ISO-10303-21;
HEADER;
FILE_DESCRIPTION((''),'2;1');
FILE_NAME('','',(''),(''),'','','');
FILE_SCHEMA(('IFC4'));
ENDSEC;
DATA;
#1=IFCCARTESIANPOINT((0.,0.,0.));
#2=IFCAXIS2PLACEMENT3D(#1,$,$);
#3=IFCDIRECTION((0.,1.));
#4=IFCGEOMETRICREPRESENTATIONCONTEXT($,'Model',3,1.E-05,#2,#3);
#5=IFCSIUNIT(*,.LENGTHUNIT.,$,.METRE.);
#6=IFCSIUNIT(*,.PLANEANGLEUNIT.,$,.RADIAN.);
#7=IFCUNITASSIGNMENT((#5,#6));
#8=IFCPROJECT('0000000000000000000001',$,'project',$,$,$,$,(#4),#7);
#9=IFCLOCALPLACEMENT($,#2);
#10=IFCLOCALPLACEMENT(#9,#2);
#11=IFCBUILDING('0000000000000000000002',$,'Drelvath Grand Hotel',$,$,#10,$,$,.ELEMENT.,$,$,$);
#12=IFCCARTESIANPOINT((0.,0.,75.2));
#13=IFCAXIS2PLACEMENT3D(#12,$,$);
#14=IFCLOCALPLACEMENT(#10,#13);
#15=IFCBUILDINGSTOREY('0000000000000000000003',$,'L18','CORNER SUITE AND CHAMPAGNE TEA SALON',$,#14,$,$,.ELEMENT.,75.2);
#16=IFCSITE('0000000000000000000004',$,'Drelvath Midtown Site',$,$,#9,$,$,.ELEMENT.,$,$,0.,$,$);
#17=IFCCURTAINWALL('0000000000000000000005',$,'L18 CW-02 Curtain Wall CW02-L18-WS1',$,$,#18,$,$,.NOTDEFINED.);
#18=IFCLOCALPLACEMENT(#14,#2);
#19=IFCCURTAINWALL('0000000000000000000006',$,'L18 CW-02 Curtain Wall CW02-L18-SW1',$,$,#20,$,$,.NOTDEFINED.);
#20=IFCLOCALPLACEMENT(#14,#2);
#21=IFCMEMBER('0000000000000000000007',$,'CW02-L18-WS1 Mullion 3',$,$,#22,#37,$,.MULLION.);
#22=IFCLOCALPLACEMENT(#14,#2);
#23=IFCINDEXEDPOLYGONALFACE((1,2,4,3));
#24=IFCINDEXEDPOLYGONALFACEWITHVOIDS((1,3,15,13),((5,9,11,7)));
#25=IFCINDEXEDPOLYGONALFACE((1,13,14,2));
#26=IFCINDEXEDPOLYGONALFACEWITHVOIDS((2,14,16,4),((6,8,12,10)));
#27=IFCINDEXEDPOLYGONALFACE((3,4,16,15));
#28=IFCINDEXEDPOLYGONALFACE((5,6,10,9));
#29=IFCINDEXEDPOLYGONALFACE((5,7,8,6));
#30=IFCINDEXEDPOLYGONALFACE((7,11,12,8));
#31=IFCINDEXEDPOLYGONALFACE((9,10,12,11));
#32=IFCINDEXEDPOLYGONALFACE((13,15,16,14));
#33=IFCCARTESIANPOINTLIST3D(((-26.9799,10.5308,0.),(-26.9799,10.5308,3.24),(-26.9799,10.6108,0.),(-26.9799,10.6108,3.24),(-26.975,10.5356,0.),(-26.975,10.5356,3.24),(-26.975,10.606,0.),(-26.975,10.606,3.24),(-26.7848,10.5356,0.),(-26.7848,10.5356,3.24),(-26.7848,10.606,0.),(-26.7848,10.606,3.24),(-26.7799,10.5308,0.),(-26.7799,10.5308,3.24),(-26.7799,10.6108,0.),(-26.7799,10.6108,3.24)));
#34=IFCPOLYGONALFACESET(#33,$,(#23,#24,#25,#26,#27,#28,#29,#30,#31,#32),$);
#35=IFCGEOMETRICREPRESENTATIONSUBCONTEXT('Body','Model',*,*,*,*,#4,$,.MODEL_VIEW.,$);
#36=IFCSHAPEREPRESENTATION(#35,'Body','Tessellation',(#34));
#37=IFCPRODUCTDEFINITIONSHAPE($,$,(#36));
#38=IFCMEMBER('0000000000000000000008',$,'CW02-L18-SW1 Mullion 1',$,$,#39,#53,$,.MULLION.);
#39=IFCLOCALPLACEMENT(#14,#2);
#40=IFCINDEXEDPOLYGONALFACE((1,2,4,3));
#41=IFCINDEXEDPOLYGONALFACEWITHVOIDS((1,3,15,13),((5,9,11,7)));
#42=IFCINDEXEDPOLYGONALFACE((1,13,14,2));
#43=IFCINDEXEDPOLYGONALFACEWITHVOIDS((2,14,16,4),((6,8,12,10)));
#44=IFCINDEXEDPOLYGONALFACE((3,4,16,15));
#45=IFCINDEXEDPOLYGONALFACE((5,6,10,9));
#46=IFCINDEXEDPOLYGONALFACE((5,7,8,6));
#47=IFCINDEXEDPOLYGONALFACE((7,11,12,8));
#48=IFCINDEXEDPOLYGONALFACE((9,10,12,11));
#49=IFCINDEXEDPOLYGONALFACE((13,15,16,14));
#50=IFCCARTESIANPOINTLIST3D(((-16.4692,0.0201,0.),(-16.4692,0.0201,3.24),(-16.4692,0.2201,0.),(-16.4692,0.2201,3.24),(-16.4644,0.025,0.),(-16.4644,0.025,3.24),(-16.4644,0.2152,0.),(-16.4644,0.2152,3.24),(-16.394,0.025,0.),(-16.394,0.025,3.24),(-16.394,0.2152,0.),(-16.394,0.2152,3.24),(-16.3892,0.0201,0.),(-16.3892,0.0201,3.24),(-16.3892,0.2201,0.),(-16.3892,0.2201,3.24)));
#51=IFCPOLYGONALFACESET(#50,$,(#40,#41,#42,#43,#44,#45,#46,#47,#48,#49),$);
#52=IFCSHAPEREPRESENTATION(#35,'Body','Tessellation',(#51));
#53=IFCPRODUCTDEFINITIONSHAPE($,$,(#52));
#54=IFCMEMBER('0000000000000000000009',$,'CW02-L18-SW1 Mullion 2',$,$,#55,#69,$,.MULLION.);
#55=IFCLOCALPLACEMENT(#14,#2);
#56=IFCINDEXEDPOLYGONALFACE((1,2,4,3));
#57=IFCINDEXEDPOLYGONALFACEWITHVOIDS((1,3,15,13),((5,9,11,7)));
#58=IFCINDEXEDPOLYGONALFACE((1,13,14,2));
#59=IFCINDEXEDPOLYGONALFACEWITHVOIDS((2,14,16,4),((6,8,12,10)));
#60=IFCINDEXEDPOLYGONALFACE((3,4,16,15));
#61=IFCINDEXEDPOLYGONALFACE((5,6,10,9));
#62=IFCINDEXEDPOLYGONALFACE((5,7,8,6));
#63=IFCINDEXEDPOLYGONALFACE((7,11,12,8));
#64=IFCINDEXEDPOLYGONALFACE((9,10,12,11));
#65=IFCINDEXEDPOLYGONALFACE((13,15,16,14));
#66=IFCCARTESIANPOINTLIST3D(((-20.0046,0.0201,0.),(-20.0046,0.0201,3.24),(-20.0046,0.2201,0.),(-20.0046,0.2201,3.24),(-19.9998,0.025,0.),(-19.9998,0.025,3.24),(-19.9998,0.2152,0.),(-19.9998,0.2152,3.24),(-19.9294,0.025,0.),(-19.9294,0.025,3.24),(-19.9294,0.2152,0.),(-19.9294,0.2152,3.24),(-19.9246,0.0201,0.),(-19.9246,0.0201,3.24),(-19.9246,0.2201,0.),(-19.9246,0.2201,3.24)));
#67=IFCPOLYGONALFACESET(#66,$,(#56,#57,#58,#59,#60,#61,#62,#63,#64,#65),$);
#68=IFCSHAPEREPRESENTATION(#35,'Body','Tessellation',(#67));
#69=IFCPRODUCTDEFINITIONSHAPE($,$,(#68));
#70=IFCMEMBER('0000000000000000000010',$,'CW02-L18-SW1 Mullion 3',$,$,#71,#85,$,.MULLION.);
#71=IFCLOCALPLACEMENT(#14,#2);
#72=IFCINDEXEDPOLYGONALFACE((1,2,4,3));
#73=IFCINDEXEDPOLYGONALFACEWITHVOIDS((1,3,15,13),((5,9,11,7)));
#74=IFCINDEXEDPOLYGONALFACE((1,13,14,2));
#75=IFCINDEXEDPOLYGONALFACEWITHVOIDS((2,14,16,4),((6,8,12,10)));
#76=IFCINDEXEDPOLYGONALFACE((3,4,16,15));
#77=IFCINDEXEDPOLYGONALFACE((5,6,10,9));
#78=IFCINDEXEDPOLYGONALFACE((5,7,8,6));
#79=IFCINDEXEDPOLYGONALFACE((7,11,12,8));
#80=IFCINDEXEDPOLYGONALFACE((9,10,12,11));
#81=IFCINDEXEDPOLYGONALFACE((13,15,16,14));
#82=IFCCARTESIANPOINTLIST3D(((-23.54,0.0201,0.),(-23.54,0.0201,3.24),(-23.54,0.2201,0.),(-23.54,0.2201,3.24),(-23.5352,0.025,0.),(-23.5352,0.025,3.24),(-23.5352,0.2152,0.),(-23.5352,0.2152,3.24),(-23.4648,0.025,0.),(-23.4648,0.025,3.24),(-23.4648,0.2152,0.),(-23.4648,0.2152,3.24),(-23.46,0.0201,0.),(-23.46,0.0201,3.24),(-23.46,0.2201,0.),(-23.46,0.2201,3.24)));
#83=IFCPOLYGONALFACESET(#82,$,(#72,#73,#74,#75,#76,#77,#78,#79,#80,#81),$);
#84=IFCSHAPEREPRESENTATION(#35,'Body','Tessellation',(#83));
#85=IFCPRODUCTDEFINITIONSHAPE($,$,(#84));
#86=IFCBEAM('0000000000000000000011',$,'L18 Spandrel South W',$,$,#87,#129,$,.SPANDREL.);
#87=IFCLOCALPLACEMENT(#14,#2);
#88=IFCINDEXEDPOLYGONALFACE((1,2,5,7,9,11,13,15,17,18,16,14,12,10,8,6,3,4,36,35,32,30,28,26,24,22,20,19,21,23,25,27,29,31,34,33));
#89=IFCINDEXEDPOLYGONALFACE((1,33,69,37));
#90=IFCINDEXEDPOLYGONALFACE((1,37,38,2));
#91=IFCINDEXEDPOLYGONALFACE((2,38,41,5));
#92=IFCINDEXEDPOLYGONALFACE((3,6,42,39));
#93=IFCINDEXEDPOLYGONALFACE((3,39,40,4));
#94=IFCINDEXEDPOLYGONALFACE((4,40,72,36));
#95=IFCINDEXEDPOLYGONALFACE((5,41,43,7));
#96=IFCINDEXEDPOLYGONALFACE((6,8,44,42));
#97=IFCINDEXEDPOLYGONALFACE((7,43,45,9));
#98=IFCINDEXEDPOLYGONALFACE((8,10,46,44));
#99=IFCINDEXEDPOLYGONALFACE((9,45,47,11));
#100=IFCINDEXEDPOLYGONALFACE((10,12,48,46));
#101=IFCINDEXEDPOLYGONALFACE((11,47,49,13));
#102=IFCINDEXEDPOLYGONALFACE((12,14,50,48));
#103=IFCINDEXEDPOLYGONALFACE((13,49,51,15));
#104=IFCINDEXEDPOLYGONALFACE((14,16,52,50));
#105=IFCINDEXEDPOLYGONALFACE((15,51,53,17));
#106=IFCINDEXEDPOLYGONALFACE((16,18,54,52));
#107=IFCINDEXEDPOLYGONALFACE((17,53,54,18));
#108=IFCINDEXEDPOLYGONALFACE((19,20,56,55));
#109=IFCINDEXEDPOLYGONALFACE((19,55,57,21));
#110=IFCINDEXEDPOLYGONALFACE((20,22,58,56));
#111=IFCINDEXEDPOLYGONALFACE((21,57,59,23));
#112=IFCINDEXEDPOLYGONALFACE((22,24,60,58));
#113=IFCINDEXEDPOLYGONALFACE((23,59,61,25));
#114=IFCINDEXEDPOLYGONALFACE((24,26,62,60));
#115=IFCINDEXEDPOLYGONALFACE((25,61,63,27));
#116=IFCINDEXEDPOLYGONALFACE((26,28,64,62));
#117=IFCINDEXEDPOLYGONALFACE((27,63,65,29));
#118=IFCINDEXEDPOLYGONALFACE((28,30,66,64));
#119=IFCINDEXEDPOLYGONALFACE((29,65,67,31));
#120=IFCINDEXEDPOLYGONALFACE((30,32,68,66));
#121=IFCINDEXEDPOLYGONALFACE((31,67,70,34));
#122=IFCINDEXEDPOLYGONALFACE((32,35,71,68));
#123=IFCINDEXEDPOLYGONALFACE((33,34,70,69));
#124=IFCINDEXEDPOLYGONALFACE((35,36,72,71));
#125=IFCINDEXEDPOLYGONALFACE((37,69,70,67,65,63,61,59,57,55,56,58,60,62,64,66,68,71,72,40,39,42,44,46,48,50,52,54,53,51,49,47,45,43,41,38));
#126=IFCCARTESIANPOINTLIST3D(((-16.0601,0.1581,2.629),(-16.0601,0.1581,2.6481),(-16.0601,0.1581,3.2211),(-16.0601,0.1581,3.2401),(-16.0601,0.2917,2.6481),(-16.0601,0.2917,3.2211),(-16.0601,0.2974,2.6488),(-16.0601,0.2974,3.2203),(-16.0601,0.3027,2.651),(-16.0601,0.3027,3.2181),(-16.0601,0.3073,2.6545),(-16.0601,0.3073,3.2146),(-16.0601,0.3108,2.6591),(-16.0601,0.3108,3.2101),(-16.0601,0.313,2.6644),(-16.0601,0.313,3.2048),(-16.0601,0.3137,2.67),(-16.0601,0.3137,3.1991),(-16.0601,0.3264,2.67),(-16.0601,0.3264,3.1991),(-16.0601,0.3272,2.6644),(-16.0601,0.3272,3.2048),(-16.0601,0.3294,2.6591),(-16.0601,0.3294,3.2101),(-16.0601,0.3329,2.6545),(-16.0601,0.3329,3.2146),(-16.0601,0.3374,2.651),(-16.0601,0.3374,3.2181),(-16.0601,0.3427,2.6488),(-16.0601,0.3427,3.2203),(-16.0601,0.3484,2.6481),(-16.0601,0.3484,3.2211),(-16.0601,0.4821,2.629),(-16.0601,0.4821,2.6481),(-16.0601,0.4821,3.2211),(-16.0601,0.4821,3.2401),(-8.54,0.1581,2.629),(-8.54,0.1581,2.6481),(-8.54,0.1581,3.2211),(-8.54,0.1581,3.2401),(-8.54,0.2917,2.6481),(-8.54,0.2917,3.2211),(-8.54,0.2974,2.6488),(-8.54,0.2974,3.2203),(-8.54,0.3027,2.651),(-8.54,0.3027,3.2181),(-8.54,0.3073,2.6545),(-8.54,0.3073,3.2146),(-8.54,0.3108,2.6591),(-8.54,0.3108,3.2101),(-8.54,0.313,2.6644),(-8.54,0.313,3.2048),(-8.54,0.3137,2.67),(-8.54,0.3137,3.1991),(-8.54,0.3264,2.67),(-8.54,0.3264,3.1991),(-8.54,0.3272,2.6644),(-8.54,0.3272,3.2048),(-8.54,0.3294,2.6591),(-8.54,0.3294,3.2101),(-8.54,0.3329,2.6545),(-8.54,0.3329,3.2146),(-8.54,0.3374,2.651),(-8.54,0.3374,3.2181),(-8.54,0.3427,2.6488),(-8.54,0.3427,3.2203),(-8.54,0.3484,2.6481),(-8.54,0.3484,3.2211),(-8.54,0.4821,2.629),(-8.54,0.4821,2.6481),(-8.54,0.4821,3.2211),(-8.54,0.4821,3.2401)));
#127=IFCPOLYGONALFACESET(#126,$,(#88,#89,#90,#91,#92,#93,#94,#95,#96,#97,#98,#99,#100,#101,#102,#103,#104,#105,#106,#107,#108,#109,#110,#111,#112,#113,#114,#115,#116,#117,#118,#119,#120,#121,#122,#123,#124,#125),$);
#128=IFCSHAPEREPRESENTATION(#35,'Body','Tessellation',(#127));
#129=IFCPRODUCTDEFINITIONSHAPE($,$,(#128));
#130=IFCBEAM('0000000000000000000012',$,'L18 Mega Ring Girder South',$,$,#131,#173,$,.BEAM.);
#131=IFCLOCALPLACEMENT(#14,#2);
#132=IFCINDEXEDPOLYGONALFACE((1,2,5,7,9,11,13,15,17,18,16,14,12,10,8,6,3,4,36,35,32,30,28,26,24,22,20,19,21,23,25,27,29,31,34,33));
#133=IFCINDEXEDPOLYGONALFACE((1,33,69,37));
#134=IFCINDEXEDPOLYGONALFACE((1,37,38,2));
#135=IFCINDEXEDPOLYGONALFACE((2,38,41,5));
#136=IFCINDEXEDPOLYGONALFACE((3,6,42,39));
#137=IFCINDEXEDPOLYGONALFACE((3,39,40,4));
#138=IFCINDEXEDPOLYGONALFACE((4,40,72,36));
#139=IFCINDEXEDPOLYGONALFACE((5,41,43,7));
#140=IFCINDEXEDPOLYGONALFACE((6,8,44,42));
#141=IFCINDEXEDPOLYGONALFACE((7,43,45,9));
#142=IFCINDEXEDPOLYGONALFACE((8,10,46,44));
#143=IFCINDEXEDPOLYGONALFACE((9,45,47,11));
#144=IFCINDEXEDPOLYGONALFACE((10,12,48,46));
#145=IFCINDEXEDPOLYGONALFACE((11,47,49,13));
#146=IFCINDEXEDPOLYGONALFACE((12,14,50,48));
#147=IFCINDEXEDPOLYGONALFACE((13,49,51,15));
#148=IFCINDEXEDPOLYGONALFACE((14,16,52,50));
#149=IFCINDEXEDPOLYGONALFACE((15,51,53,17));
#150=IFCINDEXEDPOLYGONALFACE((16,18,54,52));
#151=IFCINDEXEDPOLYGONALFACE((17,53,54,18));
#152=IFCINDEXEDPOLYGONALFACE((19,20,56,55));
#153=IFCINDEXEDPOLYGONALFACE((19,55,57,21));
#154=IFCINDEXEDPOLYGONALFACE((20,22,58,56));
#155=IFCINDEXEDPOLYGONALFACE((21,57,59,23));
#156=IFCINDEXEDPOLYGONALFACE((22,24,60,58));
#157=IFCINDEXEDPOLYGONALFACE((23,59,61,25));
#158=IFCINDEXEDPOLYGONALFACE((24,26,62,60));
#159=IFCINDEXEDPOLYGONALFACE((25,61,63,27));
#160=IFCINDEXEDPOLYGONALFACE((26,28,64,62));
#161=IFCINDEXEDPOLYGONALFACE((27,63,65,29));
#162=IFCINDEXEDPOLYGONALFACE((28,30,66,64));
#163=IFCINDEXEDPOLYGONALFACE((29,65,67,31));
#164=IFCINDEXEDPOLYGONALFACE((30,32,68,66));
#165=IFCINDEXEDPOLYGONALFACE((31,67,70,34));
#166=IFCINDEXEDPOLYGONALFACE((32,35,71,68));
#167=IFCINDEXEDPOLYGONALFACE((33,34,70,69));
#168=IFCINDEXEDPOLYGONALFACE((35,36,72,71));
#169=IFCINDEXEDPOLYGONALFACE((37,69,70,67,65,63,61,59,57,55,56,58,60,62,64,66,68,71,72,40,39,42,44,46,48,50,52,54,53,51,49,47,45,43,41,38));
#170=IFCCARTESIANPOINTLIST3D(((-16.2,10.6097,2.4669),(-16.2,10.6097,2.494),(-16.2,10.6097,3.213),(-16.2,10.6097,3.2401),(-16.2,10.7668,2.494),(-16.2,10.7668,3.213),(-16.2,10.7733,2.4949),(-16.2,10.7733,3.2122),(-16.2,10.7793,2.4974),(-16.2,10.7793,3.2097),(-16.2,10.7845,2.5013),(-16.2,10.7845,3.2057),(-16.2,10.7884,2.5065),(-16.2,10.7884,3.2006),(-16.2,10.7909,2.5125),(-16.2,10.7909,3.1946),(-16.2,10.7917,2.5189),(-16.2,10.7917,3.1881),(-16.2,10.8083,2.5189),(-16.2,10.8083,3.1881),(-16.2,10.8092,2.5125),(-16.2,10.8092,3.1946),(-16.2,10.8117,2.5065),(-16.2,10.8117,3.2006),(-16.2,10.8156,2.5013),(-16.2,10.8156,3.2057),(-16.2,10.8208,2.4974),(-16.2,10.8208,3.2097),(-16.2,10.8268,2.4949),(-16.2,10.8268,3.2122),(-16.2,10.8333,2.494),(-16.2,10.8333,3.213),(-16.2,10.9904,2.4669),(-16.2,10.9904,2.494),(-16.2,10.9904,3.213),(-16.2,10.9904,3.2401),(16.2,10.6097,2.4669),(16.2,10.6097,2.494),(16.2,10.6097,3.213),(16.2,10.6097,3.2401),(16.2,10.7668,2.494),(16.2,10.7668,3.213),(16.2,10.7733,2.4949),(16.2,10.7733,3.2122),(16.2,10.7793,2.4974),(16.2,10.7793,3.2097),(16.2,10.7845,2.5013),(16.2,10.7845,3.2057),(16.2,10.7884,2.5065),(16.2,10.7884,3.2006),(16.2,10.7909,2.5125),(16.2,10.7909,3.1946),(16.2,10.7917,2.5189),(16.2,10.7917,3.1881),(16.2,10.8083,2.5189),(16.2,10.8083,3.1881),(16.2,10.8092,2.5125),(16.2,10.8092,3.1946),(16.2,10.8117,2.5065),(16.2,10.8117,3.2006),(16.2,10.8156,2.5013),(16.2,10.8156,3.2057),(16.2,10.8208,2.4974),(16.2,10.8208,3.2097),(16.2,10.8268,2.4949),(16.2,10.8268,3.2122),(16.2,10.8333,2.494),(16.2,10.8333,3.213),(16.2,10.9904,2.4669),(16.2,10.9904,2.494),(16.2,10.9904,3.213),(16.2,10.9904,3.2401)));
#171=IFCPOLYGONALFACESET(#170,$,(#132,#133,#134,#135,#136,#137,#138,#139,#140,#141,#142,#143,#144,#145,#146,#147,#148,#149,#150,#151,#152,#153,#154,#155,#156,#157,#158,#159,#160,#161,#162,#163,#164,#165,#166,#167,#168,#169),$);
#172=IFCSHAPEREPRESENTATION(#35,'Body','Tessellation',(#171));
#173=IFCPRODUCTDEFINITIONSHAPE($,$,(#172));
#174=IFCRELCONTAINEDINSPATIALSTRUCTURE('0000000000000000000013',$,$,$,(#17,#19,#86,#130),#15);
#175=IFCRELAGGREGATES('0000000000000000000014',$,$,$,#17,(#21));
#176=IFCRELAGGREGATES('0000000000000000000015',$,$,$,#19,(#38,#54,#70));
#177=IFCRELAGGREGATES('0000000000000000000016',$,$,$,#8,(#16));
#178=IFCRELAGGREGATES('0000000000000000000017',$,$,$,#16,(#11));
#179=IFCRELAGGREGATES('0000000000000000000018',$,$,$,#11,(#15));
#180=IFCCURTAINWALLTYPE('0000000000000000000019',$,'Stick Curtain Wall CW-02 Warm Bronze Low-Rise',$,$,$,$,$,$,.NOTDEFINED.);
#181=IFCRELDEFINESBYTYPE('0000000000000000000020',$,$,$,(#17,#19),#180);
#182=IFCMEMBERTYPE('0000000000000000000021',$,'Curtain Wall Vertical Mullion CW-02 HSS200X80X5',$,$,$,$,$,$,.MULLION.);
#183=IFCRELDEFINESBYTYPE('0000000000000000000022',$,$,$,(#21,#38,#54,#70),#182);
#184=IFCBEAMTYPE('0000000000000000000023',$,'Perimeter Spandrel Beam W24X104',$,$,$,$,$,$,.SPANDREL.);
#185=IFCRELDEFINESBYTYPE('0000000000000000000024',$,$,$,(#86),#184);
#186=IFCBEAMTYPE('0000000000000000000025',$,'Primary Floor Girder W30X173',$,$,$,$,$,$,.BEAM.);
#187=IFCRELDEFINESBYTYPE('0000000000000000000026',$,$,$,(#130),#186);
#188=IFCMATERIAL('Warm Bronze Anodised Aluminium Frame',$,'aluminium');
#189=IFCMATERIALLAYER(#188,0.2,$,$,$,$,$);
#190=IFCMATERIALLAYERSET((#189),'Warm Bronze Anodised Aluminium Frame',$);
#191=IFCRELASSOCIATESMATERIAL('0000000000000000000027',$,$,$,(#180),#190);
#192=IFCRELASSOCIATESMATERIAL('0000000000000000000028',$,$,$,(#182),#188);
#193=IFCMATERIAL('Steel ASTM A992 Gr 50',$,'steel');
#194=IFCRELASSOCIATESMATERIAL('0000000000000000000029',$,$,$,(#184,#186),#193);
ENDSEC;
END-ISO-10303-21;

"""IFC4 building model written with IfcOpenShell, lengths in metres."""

from ifc_helpers import new_model, si_unit, direction, frame, origin, origin_2d, place, context, subcontext, project, spatial, hollow_rectangle, i_section, extrude, material, layer, layer_set, material_profile, profile_set, type_object, element, aggregate, save


model = new_model("IFC4")

# Units and contexts
model_context = context("Model", 3, precision=1e-05, world=origin(), true_north=direction((0.0, 1.0)))
body_context = subcontext(model_context, "Body", "Model", "MODEL_VIEW")
ifc_project = project(units=[si_unit("LENGTHUNIT", "METRE"), si_unit("PLANEANGLEUNIT", "RADIAN")], contexts=[model_context])

# Site, building, storey
site_placement = place(None, origin())
site = spatial("IfcSite", under=ifc_project, at=site_placement, Name="Drelvath Midtown Site", CompositionType="ELEMENT", RefElevation=0.0)
building_placement = place(site_placement, origin())
building = spatial("IfcBuilding", under=site, at=building_placement, Name="Drelvath Grand Hotel", CompositionType="ELEMENT")
storey_placement = place(building_placement, frame((0.0, 0.0, 75.2)))
storey = spatial("IfcBuildingStorey", under=building, at=storey_placement, Name="L18", Description="CORNER SUITE AND CHAMPAGNE TEA SALON", CompositionType="ELEMENT", Elevation=75.2)

# Curtain walls
ifc_material_1 = material(Name="Warm Bronze Anodised Aluminium Frame", Category="aluminium")
ifc_layer_1 = layer(ifc_material_1, 0.2)
ifc_layer_set_1 = layer_set([ifc_layer_1], Name="Warm Bronze Anodised Aluminium Frame")
curtain_wall_type = type_object("IfcCurtainWallType", Name="Stick Curtain Wall CW-02 Warm Bronze Low-Rise", PredefinedType="NOTDEFINED", material=ifc_layer_set_1)
curtain_wall_1_placement = place(storey_placement, origin())
curtain_wall_1 = element("IfcCurtainWall", 1, at=curtain_wall_1_placement, inside=storey, type_object=curtain_wall_type, Name="L18 CW-02 Curtain Wall CW02-L18-WS1", PredefinedType="NOTDEFINED")
curtain_wall_2_placement = place(storey_placement, origin())
curtain_wall_2 = element("IfcCurtainWall", 2, at=curtain_wall_2_placement, inside=storey, type_object=curtain_wall_type, Name="L18 CW-02 Curtain Wall CW02-L18-SW1", PredefinedType="NOTDEFINED")

# Members
ifc_material_profile_1 = material_profile(ifc_material_1, hollow_rectangle(XDim=0.0801, YDim=0.2, WallThickness=0.0049, at=origin_2d()), Name="HSS200X80X5")
ifc_profile_set_1 = profile_set([ifc_material_profile_1], Name="Warm Bronze Anodised Aluminium Frame")
member_type_1 = type_object("IfcMemberType", Name="Curtain Wall Vertical Mullion CW-02 HSS200X80X5", PredefinedType="MULLION", material=ifc_profile_set_1)
member_1_placement = place(storey_placement, frame((-26.8799, 10.5708, 0.0), z_axis=(0.0, 0.0, 1.0), x_axis=(0.0, 1.0, 0.0)))
member_1 = element("IfcMember", 3, at=member_1_placement, type_object=member_type_1, Name="CW02-L18-WS1 Mullion 3", PredefinedType="MULLION", context=body_context, shape_type="SweptSolid", body=[
    extrude(hollow_rectangle(XDim=0.0801, YDim=0.2, WallThickness=0.0049, at=origin_2d()), origin(), (0.0, 0.0, 1.0), 3.24),
])
member_2_placement = place(storey_placement, frame((-16.4292, 0.1201, 0.0), z_axis=(0.0, 0.0, 1.0), x_axis=(1.0, 0.0, 0.0)))
member_2 = element("IfcMember", 4, at=member_2_placement, type_object=member_type_1, Name="CW02-L18-SW1 Mullion 1", PredefinedType="MULLION", context=body_context, shape_type="SweptSolid", body=[
    extrude(hollow_rectangle(XDim=0.0801, YDim=0.2, WallThickness=0.0049, at=origin_2d()), origin(), (0.0, 0.0, 1.0), 3.24),
])
member_3_placement = place(storey_placement, frame((-19.9646, 0.1201, 0.0), z_axis=(0.0, 0.0, 1.0), x_axis=(1.0, 0.0, 0.0)))
member_3 = element("IfcMember", 5, at=member_3_placement, type_object=member_type_1, Name="CW02-L18-SW1 Mullion 2", PredefinedType="MULLION", context=body_context, shape_type="SweptSolid", body=[
    extrude(hollow_rectangle(XDim=0.0801, YDim=0.2, WallThickness=0.0049, at=origin_2d()), origin(), (0.0, 0.0, 1.0), 3.24),
])
member_4_placement = place(storey_placement, frame((-23.5, 0.1201, 0.0), z_axis=(0.0, 0.0, 1.0), x_axis=(1.0, 0.0, 0.0)))
member_4 = element("IfcMember", 6, at=member_4_placement, type_object=member_type_1, Name="CW02-L18-SW1 Mullion 3", PredefinedType="MULLION", context=body_context, shape_type="SweptSolid", body=[
    extrude(hollow_rectangle(XDim=0.0801, YDim=0.2, WallThickness=0.0049, at=origin_2d()), origin(), (0.0, 0.0, 1.0), 3.24),
])

# Beams
ifc_material_2 = material(Name="Steel ASTM A992 Gr 50", Category="steel")
ifc_material_profile_2 = material_profile(ifc_material_2, i_section(OverallWidth=0.324, OverallDepth=0.6111, WebThickness=0.0127, FlangeThickness=0.019, FilletRadius=0.022, at=origin_2d()), Name="W24X104")
ifc_profile_set_2 = profile_set([ifc_material_profile_2], Name="Steel ASTM A992 Gr 50")
beam_type_1 = type_object("IfcBeamType", Name="Perimeter Spandrel Beam W24X104", PredefinedType="SPANDREL", material=ifc_profile_set_2)
beam_placement = place(storey_placement, frame((-16.0601, 0.3201, 2.9346), z_axis=(1.0, 0.0, 0.0), x_axis=(0.0, 1.0, 0.0)))
element("IfcBeam", 7, at=beam_placement, inside=storey, type_object=beam_type_1, Name="L18 Spandrel South W", PredefinedType="SPANDREL", context=body_context, shape_type="SweptSolid", body=[
    extrude(i_section(OverallWidth=0.324, OverallDepth=0.6111, WebThickness=0.0127, FlangeThickness=0.019, FilletRadius=0.022, at=origin_2d()), origin(), (0.0, 0.0, 1.0), 7.52),
])
ifc_material_profile_3 = material_profile(ifc_material_2, i_section(OverallWidth=0.3806, OverallDepth=0.7732, WebThickness=0.0166, FlangeThickness=0.0271, FilletRadius=0.0249, at=origin_2d()), Name="W30X173")
ifc_profile_set_3 = profile_set([ifc_material_profile_3], Name="Steel ASTM A992 Gr 50")
beam_type_2 = type_object("IfcBeamType", Name="Primary Floor Girder W30X173", PredefinedType="BEAM", material=ifc_profile_set_3)
for number, where, z_axis, x_axis, name in (
    (8, (-16.2, 10.8, 2.8535), (1.0, 0.0, 0.0), (0.0, 1.0, 0.0), "L18 Mega Ring Girder South"),
):
    element("IfcBeam", number, at=place(storey_placement, frame(where, z_axis=z_axis, x_axis=x_axis)), inside=storey, type_object=beam_type_2, Name=name, PredefinedType="BEAM", context=body_context, shape_type="SweptSolid", body=[
        extrude(i_section(OverallWidth=0.3806, OverallDepth=0.7732, WebThickness=0.0166, FlangeThickness=0.0271, FilletRadius=0.0249, at=origin_2d()), origin(), (0.0, 0.0, 1.0), 32.3999),
    ])

aggregate(curtain_wall_1, [member_1])
aggregate(curtain_wall_2, [member_2, member_3, member_4])

save(model, "model.ifc")
